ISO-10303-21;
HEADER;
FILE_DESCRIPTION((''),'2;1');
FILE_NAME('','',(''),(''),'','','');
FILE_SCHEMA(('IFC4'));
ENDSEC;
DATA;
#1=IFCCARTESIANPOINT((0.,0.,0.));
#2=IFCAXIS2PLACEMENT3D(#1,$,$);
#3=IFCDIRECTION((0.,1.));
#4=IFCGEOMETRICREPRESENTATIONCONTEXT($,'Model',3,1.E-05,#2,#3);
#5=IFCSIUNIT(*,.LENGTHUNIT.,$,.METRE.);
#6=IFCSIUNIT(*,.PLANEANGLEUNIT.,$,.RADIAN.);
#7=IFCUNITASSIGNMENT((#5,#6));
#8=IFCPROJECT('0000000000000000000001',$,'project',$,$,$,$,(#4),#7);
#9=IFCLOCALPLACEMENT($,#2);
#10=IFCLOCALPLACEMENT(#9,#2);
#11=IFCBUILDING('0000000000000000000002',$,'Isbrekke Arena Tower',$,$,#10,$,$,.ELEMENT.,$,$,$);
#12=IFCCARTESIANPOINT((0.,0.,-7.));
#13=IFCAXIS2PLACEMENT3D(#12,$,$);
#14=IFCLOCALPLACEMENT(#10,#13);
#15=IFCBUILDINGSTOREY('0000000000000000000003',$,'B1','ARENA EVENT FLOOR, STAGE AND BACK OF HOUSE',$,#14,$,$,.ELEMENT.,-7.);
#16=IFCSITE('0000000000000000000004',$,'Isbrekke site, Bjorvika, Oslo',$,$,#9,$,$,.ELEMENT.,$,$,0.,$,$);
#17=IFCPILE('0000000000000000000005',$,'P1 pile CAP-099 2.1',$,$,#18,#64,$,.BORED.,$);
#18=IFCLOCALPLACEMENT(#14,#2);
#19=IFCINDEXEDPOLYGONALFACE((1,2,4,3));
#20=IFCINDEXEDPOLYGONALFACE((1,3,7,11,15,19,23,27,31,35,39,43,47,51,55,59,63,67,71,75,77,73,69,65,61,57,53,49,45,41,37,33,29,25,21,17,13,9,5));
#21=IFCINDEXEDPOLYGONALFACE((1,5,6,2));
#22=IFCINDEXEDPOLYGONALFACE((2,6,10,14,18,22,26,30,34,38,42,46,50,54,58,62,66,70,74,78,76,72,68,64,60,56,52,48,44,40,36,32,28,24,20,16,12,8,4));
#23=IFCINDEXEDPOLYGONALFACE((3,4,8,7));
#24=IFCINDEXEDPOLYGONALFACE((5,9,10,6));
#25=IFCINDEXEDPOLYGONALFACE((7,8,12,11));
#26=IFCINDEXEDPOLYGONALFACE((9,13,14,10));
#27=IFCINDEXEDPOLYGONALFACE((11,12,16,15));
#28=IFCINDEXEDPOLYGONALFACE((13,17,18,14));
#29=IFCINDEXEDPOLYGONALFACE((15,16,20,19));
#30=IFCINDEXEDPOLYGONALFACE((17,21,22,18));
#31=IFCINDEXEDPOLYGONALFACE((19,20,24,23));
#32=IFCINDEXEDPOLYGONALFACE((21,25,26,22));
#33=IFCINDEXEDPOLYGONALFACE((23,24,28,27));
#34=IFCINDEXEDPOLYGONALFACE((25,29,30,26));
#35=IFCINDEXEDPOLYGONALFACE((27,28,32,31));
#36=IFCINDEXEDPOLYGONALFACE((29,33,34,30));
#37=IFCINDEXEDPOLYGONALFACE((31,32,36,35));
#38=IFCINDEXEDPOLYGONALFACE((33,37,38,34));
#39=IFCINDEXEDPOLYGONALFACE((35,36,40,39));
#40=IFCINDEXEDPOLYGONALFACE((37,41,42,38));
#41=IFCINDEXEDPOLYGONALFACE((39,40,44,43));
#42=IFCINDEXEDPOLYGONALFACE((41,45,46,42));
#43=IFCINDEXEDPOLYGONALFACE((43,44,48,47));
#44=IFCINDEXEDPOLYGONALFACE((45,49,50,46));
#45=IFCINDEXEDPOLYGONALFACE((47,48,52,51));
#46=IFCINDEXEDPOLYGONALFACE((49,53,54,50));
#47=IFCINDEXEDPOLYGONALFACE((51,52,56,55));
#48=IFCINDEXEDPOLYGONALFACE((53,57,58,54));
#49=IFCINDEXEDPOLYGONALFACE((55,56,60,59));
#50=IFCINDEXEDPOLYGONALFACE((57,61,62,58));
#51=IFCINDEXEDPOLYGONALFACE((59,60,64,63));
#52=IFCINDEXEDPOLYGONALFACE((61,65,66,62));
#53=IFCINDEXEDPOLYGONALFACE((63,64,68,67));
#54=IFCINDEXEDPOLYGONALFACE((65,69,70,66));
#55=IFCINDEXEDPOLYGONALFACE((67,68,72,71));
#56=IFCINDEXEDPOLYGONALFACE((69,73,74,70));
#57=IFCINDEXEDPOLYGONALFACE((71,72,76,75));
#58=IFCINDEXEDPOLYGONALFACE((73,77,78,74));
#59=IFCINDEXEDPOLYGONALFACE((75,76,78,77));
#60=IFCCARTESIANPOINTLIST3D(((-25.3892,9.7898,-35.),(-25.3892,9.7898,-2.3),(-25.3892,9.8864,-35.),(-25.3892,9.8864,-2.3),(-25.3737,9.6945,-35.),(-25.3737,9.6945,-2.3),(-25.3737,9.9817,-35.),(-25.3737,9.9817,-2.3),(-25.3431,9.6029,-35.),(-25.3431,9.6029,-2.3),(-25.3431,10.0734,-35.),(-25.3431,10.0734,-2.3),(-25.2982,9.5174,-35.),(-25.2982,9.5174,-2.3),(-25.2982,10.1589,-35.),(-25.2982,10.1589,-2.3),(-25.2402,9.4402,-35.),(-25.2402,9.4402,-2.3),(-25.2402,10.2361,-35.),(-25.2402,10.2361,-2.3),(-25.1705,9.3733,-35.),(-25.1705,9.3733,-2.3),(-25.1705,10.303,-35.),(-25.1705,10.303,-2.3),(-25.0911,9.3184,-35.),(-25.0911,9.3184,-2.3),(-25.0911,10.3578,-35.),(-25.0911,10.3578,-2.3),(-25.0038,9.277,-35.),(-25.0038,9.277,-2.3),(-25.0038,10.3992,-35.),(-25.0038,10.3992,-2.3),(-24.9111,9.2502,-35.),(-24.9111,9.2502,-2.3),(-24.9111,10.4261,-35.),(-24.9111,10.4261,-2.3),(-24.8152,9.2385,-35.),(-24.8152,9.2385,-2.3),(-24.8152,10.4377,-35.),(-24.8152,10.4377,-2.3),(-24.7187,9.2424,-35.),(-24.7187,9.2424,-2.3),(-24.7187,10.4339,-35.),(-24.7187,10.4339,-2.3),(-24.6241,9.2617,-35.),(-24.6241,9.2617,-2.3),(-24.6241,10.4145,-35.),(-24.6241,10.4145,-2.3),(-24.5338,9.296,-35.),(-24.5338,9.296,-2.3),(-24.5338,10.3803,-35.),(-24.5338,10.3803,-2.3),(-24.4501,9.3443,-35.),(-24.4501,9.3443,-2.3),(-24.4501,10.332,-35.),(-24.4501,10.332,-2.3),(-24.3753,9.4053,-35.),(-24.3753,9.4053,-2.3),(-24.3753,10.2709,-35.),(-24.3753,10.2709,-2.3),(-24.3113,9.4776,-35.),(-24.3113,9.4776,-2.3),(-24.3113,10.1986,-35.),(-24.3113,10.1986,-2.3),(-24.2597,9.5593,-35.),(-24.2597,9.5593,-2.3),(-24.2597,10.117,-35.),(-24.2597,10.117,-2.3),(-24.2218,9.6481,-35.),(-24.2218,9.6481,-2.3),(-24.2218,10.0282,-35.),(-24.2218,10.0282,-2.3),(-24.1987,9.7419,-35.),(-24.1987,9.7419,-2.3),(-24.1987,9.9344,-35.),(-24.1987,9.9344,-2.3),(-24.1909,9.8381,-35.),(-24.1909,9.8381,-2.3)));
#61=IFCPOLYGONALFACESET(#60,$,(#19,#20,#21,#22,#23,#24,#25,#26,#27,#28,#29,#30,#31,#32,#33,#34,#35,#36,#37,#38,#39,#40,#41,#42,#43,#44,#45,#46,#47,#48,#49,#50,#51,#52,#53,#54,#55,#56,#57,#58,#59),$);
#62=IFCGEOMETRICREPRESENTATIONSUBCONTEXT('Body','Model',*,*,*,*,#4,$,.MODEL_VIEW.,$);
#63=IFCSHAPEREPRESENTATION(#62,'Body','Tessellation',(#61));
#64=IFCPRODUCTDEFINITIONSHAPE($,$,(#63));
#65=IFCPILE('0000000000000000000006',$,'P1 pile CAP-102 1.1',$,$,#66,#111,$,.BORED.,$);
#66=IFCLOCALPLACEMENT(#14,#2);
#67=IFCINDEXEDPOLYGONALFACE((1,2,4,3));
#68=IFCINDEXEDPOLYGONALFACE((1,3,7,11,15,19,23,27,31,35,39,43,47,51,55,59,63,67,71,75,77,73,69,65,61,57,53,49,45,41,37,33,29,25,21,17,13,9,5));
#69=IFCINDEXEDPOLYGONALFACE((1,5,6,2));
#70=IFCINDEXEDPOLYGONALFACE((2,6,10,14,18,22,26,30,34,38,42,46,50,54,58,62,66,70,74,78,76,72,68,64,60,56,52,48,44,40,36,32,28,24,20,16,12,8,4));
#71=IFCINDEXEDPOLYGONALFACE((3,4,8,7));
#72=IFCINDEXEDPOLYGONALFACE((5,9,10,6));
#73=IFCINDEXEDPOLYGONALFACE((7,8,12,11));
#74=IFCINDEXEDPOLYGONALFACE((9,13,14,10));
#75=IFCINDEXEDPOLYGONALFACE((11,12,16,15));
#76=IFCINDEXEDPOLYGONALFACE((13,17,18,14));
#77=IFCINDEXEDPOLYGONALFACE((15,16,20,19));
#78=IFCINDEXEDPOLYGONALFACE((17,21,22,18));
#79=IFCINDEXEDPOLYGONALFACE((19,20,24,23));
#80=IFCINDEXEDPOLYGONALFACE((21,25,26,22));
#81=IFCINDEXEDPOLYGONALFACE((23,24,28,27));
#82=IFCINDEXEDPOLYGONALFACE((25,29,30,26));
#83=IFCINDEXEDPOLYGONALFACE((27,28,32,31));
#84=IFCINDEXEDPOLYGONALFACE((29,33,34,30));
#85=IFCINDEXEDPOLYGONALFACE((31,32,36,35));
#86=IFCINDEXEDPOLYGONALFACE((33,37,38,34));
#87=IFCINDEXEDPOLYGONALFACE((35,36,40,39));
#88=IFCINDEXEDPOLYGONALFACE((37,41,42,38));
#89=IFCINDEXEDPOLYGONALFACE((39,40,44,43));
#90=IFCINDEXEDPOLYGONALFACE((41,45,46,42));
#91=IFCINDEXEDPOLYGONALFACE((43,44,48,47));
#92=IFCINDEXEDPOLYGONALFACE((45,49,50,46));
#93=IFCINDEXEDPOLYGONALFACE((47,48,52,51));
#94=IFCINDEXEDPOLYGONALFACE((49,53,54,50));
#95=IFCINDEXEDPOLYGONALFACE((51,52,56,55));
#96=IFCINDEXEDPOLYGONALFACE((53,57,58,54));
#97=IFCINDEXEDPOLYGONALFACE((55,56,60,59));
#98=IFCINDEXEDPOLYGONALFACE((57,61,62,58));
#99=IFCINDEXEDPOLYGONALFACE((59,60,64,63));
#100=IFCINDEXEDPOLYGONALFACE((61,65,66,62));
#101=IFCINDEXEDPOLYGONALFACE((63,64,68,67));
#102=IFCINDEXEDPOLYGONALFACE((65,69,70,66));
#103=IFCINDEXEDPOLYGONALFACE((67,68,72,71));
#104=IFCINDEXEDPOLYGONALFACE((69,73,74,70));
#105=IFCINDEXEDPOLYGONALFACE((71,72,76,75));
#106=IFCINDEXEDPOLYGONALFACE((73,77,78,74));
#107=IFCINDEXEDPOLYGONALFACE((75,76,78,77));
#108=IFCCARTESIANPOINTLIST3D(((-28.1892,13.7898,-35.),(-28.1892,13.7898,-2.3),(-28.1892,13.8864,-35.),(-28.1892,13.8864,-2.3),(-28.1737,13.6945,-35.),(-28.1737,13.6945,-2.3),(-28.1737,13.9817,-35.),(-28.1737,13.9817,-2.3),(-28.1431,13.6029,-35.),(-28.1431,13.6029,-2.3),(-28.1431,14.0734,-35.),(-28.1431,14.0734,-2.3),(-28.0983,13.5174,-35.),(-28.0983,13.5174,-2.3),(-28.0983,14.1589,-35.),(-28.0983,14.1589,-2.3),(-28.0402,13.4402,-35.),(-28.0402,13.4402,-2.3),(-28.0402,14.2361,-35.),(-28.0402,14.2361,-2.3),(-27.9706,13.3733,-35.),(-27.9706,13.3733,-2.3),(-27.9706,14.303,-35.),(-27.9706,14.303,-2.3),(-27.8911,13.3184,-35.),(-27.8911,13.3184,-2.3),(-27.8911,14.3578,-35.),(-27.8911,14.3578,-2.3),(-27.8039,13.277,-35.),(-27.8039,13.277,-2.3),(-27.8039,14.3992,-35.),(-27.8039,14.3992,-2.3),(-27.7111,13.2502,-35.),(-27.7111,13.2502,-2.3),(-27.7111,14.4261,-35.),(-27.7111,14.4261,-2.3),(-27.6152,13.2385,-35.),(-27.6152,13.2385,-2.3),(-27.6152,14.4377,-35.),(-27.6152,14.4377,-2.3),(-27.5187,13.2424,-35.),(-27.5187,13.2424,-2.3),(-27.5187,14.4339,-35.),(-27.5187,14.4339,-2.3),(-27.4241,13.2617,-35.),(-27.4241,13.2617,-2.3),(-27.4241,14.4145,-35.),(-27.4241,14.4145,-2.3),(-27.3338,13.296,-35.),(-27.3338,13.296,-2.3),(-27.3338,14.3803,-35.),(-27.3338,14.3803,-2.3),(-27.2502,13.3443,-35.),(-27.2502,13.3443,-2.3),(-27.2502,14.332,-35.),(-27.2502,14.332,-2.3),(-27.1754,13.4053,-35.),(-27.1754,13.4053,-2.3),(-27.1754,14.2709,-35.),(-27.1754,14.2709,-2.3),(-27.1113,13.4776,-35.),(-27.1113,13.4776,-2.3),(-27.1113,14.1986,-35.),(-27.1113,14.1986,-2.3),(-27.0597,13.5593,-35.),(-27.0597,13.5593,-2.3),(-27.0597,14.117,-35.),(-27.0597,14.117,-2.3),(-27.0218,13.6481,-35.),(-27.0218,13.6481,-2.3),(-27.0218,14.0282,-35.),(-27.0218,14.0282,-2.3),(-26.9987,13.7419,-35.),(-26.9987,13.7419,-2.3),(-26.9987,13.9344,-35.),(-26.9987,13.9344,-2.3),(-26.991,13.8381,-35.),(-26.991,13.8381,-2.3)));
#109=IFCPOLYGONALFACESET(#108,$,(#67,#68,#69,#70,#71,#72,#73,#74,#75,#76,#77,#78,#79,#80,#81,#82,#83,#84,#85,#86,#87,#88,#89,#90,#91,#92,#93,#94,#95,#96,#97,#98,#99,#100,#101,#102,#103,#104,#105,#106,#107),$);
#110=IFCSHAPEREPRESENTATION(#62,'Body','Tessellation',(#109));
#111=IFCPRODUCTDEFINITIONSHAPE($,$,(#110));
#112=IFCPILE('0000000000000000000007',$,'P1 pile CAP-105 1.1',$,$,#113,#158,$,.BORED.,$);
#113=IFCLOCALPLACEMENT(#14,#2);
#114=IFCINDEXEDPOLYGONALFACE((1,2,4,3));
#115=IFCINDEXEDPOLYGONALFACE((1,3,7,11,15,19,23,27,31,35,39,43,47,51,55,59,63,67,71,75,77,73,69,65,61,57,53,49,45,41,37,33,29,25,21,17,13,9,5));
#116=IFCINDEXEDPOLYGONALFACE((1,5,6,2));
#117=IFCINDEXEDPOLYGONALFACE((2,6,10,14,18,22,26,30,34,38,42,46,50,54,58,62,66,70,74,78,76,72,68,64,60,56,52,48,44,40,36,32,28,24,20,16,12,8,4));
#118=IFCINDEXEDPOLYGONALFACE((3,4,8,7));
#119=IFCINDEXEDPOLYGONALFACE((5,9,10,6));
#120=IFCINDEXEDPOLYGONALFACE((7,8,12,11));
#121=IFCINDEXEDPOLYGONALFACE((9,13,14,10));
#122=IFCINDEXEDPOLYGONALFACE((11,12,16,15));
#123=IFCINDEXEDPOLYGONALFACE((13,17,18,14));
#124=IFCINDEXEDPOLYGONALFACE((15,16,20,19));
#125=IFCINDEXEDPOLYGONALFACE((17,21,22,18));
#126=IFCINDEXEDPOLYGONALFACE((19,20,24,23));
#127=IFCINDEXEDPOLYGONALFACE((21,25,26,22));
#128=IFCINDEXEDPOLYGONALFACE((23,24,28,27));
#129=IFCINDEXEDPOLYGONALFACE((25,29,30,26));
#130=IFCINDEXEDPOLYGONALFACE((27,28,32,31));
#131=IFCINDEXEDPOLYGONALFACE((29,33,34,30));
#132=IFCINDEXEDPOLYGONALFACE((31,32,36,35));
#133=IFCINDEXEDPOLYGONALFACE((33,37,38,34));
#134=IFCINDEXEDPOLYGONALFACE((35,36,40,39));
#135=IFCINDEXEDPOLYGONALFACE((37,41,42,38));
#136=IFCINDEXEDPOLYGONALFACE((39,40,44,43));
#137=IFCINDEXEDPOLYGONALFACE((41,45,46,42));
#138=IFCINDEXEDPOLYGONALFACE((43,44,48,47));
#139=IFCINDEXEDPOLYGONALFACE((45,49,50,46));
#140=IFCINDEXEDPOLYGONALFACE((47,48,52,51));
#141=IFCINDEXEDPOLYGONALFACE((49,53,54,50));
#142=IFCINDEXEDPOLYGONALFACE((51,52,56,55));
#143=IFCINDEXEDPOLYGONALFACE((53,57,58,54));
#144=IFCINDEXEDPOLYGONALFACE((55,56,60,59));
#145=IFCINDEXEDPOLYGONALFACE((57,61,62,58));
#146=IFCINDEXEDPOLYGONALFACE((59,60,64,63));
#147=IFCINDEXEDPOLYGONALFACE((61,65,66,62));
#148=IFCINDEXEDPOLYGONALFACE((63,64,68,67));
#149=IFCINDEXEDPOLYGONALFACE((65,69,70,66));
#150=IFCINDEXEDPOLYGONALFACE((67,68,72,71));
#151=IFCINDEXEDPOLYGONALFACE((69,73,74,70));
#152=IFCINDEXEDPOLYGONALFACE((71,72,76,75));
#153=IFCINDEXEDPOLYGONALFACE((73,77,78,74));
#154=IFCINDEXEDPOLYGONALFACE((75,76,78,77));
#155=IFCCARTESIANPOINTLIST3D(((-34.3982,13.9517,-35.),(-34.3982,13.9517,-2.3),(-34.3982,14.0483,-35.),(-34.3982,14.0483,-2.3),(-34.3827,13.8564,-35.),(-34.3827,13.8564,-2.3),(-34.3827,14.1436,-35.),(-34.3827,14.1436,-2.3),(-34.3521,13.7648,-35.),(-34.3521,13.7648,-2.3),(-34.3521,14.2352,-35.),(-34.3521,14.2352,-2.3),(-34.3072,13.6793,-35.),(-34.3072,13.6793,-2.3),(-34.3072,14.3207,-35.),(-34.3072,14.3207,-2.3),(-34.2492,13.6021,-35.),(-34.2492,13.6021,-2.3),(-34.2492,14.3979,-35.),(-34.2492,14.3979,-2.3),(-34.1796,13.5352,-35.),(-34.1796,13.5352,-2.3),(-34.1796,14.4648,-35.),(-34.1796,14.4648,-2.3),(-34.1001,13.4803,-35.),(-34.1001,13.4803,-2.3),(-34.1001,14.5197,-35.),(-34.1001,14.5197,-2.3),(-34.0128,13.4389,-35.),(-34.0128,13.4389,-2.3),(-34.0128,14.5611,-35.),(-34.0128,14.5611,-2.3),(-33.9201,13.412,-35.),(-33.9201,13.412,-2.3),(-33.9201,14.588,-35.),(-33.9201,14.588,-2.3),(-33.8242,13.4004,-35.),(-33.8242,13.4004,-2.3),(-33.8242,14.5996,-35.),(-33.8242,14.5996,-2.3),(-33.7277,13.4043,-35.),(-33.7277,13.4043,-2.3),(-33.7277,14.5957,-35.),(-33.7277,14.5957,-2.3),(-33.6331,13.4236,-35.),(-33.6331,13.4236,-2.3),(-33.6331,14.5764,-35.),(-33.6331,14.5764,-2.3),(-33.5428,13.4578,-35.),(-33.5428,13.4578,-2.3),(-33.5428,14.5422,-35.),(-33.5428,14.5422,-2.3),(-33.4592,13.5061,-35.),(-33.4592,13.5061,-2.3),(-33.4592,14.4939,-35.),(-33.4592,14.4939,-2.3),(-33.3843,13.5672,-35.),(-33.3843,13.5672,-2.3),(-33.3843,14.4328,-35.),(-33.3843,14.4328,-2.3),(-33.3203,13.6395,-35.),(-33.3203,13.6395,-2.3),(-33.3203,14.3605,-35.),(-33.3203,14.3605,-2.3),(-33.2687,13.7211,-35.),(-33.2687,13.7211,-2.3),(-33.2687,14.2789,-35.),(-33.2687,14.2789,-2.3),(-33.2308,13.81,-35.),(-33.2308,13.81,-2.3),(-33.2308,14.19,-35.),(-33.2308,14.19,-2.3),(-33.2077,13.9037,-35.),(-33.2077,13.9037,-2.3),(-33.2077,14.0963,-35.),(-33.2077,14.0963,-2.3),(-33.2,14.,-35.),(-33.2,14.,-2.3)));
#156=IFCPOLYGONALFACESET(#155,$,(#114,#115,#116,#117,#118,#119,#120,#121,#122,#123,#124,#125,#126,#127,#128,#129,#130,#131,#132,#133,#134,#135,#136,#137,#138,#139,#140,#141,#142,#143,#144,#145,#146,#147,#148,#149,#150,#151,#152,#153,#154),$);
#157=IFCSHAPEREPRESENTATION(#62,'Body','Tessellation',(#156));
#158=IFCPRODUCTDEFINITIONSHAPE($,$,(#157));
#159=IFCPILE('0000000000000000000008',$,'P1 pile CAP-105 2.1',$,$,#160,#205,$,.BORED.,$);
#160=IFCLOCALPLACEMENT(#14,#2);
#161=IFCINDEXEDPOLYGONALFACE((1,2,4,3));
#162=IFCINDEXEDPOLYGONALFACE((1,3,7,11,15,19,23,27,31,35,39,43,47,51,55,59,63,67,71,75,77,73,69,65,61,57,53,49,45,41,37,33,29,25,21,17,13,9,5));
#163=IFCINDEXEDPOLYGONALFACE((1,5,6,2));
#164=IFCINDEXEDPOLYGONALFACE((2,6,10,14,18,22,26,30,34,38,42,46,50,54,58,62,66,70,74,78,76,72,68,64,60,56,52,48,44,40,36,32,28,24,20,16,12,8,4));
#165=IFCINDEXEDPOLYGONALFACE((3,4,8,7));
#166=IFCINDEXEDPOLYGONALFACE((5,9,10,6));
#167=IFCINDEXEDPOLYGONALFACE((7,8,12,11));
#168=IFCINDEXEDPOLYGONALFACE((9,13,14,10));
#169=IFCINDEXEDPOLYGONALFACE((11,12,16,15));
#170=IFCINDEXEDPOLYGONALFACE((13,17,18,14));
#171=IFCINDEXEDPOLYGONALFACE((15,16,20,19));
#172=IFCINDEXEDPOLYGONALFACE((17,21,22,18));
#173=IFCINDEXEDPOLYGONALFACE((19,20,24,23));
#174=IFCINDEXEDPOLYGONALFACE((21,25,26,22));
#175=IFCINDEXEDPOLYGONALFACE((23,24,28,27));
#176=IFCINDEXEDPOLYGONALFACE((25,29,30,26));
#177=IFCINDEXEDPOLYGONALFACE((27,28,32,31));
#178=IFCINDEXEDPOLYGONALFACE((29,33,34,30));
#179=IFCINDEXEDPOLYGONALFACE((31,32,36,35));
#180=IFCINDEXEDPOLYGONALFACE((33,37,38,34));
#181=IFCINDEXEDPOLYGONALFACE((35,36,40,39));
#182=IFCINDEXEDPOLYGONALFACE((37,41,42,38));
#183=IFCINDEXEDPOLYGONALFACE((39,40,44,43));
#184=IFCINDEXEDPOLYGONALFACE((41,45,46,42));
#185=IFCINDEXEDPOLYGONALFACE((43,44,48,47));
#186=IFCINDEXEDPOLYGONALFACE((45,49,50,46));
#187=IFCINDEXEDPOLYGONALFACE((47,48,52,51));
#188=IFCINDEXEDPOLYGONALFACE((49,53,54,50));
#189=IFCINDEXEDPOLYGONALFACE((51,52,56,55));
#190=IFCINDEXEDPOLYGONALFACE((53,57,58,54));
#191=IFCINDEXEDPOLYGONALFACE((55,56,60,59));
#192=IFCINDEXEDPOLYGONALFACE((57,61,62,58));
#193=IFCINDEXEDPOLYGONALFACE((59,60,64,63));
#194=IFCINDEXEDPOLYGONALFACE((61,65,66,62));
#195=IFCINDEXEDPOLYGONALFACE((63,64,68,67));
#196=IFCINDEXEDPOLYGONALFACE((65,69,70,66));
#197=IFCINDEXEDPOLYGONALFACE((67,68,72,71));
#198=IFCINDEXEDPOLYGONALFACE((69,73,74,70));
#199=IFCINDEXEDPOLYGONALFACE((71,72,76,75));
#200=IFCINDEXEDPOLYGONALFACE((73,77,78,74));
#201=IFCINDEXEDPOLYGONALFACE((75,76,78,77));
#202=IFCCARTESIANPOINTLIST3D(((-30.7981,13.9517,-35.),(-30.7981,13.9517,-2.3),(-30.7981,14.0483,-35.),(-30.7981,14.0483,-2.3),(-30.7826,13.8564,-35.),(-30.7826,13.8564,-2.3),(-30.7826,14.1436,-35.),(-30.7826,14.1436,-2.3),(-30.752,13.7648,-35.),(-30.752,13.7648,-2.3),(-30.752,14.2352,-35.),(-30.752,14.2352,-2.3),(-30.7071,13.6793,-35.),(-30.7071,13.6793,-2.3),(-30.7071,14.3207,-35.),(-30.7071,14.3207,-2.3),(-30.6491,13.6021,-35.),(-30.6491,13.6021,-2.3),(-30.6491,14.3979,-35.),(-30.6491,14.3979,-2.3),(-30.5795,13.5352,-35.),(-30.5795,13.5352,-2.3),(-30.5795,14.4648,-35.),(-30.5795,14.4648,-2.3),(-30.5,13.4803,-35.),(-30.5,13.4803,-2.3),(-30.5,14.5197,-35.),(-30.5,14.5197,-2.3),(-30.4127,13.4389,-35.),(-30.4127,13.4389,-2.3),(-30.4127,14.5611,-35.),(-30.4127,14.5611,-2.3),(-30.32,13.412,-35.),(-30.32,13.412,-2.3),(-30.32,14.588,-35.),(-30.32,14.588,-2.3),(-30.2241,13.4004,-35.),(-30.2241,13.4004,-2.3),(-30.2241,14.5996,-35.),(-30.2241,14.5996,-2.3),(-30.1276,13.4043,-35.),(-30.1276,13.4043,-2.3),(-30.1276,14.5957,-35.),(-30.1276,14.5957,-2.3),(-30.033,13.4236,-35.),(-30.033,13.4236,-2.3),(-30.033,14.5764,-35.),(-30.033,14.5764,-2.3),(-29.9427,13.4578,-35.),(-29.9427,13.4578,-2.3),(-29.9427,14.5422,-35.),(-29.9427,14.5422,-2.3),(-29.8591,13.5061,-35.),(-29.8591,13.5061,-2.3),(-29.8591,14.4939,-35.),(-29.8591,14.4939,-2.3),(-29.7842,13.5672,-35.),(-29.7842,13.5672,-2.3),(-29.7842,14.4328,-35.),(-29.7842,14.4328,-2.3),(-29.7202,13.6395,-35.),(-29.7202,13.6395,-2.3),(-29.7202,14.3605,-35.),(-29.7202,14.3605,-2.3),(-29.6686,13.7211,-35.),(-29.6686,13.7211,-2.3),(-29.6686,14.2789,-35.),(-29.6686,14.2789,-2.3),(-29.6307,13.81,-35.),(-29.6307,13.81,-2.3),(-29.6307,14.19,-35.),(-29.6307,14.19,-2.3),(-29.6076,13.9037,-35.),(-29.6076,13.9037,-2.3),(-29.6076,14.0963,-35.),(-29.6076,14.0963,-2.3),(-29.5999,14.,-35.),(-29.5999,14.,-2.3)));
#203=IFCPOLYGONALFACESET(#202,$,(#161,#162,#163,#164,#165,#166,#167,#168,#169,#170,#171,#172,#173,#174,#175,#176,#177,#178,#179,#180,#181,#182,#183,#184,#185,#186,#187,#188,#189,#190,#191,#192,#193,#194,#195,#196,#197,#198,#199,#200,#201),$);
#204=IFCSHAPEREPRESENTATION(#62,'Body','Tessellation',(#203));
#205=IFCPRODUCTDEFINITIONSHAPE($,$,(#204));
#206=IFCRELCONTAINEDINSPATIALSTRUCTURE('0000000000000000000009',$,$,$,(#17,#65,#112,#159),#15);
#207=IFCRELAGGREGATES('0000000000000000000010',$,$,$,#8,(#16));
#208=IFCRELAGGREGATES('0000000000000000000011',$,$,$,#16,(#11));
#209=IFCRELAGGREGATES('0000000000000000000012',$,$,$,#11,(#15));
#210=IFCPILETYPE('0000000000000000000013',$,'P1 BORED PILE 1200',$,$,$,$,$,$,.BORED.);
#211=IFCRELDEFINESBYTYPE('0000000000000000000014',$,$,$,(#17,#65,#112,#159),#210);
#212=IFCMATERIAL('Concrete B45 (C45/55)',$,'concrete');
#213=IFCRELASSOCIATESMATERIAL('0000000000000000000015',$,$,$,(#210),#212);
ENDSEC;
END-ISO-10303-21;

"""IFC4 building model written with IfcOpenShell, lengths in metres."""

from ifc_helpers import new_model, si_unit, direction, frame, origin, origin_2d, place, context, subcontext, project, spatial, circle, extrude, material, material_profile, profile_set, type_object, element, save


model = new_model("IFC4")

# Units and contexts
model_context = context("Model", 3, precision=1e-05, world=origin(), true_north=direction((0.0, 1.0)))
body_context = subcontext(model_context, "Body", "Model", "MODEL_VIEW")
ifc_project = project(units=[si_unit("LENGTHUNIT", "METRE"), si_unit("PLANEANGLEUNIT", "RADIAN")], contexts=[model_context])

# Site, building, storey
site_placement = place(None, origin())
site = spatial("IfcSite", under=ifc_project, at=site_placement, Name="Isbrekke site, Bjorvika, Oslo", CompositionType="ELEMENT", RefElevation=0.0)
building_placement = place(site_placement, origin())
building = spatial("IfcBuilding", under=site, at=building_placement, Name="Isbrekke Arena Tower", CompositionType="ELEMENT")
storey_placement = place(building_placement, frame((0.0, 0.0, -7.0)))
storey = spatial("IfcBuildingStorey", under=building, at=storey_placement, Name="B1", Description="ARENA EVENT FLOOR, STAGE AND BACK OF HOUSE", CompositionType="ELEMENT", Elevation=-7.0)

# Piles
ifc_material_1 = material(Name="Concrete B45 (C45/55)", Category="concrete")
ifc_material_profile_1 = material_profile(ifc_material_1, circle(Radius=0.6001, at=origin_2d()), Name="BORED PILE D1200")
ifc_profile_set_1 = profile_set([ifc_material_profile_1], Name="Concrete B45 (C45/55)")
pile_type = type_object("IfcPileType", Name="P1 BORED PILE 1200", PredefinedType="BORED", material=ifc_profile_set_1)
for number, where, z_axis, x_axis, name in (
    (1, (-24.791, 9.8381, -2.3), (0.0, 0.0, -1.0), (1.0, 0.0, 0.0), "P1 pile CAP-099 2.1"),
    (2, (-27.5911, 13.8381, -2.3), (0.0, 0.0, -1.0), (1.0, 0.0, 0.0), "P1 pile CAP-102 1.1"),
    (3, (-33.8, 14.0, -2.3), (0.0, 0.0, -1.0), (1.0, 0.0, 0.0), "P1 pile CAP-105 1.1"),
    (4, (-30.2, 14.0, -2.3), (0.0, 0.0, -1.0), (1.0, 0.0, 0.0), "P1 pile CAP-105 2.1"),
):
    element("IfcPile", number, at=place(storey_placement, frame(where, z_axis=z_axis, x_axis=x_axis)), inside=storey, type_object=pile_type, Name=name, PredefinedType="BORED", context=body_context, shape_type="SweptSolid", body=[
        extrude(circle(Radius=0.6001, at=origin_2d()), origin(), (0.0, 0.0, 1.0), 32.7),
    ])

save(model, "model.ifc")
